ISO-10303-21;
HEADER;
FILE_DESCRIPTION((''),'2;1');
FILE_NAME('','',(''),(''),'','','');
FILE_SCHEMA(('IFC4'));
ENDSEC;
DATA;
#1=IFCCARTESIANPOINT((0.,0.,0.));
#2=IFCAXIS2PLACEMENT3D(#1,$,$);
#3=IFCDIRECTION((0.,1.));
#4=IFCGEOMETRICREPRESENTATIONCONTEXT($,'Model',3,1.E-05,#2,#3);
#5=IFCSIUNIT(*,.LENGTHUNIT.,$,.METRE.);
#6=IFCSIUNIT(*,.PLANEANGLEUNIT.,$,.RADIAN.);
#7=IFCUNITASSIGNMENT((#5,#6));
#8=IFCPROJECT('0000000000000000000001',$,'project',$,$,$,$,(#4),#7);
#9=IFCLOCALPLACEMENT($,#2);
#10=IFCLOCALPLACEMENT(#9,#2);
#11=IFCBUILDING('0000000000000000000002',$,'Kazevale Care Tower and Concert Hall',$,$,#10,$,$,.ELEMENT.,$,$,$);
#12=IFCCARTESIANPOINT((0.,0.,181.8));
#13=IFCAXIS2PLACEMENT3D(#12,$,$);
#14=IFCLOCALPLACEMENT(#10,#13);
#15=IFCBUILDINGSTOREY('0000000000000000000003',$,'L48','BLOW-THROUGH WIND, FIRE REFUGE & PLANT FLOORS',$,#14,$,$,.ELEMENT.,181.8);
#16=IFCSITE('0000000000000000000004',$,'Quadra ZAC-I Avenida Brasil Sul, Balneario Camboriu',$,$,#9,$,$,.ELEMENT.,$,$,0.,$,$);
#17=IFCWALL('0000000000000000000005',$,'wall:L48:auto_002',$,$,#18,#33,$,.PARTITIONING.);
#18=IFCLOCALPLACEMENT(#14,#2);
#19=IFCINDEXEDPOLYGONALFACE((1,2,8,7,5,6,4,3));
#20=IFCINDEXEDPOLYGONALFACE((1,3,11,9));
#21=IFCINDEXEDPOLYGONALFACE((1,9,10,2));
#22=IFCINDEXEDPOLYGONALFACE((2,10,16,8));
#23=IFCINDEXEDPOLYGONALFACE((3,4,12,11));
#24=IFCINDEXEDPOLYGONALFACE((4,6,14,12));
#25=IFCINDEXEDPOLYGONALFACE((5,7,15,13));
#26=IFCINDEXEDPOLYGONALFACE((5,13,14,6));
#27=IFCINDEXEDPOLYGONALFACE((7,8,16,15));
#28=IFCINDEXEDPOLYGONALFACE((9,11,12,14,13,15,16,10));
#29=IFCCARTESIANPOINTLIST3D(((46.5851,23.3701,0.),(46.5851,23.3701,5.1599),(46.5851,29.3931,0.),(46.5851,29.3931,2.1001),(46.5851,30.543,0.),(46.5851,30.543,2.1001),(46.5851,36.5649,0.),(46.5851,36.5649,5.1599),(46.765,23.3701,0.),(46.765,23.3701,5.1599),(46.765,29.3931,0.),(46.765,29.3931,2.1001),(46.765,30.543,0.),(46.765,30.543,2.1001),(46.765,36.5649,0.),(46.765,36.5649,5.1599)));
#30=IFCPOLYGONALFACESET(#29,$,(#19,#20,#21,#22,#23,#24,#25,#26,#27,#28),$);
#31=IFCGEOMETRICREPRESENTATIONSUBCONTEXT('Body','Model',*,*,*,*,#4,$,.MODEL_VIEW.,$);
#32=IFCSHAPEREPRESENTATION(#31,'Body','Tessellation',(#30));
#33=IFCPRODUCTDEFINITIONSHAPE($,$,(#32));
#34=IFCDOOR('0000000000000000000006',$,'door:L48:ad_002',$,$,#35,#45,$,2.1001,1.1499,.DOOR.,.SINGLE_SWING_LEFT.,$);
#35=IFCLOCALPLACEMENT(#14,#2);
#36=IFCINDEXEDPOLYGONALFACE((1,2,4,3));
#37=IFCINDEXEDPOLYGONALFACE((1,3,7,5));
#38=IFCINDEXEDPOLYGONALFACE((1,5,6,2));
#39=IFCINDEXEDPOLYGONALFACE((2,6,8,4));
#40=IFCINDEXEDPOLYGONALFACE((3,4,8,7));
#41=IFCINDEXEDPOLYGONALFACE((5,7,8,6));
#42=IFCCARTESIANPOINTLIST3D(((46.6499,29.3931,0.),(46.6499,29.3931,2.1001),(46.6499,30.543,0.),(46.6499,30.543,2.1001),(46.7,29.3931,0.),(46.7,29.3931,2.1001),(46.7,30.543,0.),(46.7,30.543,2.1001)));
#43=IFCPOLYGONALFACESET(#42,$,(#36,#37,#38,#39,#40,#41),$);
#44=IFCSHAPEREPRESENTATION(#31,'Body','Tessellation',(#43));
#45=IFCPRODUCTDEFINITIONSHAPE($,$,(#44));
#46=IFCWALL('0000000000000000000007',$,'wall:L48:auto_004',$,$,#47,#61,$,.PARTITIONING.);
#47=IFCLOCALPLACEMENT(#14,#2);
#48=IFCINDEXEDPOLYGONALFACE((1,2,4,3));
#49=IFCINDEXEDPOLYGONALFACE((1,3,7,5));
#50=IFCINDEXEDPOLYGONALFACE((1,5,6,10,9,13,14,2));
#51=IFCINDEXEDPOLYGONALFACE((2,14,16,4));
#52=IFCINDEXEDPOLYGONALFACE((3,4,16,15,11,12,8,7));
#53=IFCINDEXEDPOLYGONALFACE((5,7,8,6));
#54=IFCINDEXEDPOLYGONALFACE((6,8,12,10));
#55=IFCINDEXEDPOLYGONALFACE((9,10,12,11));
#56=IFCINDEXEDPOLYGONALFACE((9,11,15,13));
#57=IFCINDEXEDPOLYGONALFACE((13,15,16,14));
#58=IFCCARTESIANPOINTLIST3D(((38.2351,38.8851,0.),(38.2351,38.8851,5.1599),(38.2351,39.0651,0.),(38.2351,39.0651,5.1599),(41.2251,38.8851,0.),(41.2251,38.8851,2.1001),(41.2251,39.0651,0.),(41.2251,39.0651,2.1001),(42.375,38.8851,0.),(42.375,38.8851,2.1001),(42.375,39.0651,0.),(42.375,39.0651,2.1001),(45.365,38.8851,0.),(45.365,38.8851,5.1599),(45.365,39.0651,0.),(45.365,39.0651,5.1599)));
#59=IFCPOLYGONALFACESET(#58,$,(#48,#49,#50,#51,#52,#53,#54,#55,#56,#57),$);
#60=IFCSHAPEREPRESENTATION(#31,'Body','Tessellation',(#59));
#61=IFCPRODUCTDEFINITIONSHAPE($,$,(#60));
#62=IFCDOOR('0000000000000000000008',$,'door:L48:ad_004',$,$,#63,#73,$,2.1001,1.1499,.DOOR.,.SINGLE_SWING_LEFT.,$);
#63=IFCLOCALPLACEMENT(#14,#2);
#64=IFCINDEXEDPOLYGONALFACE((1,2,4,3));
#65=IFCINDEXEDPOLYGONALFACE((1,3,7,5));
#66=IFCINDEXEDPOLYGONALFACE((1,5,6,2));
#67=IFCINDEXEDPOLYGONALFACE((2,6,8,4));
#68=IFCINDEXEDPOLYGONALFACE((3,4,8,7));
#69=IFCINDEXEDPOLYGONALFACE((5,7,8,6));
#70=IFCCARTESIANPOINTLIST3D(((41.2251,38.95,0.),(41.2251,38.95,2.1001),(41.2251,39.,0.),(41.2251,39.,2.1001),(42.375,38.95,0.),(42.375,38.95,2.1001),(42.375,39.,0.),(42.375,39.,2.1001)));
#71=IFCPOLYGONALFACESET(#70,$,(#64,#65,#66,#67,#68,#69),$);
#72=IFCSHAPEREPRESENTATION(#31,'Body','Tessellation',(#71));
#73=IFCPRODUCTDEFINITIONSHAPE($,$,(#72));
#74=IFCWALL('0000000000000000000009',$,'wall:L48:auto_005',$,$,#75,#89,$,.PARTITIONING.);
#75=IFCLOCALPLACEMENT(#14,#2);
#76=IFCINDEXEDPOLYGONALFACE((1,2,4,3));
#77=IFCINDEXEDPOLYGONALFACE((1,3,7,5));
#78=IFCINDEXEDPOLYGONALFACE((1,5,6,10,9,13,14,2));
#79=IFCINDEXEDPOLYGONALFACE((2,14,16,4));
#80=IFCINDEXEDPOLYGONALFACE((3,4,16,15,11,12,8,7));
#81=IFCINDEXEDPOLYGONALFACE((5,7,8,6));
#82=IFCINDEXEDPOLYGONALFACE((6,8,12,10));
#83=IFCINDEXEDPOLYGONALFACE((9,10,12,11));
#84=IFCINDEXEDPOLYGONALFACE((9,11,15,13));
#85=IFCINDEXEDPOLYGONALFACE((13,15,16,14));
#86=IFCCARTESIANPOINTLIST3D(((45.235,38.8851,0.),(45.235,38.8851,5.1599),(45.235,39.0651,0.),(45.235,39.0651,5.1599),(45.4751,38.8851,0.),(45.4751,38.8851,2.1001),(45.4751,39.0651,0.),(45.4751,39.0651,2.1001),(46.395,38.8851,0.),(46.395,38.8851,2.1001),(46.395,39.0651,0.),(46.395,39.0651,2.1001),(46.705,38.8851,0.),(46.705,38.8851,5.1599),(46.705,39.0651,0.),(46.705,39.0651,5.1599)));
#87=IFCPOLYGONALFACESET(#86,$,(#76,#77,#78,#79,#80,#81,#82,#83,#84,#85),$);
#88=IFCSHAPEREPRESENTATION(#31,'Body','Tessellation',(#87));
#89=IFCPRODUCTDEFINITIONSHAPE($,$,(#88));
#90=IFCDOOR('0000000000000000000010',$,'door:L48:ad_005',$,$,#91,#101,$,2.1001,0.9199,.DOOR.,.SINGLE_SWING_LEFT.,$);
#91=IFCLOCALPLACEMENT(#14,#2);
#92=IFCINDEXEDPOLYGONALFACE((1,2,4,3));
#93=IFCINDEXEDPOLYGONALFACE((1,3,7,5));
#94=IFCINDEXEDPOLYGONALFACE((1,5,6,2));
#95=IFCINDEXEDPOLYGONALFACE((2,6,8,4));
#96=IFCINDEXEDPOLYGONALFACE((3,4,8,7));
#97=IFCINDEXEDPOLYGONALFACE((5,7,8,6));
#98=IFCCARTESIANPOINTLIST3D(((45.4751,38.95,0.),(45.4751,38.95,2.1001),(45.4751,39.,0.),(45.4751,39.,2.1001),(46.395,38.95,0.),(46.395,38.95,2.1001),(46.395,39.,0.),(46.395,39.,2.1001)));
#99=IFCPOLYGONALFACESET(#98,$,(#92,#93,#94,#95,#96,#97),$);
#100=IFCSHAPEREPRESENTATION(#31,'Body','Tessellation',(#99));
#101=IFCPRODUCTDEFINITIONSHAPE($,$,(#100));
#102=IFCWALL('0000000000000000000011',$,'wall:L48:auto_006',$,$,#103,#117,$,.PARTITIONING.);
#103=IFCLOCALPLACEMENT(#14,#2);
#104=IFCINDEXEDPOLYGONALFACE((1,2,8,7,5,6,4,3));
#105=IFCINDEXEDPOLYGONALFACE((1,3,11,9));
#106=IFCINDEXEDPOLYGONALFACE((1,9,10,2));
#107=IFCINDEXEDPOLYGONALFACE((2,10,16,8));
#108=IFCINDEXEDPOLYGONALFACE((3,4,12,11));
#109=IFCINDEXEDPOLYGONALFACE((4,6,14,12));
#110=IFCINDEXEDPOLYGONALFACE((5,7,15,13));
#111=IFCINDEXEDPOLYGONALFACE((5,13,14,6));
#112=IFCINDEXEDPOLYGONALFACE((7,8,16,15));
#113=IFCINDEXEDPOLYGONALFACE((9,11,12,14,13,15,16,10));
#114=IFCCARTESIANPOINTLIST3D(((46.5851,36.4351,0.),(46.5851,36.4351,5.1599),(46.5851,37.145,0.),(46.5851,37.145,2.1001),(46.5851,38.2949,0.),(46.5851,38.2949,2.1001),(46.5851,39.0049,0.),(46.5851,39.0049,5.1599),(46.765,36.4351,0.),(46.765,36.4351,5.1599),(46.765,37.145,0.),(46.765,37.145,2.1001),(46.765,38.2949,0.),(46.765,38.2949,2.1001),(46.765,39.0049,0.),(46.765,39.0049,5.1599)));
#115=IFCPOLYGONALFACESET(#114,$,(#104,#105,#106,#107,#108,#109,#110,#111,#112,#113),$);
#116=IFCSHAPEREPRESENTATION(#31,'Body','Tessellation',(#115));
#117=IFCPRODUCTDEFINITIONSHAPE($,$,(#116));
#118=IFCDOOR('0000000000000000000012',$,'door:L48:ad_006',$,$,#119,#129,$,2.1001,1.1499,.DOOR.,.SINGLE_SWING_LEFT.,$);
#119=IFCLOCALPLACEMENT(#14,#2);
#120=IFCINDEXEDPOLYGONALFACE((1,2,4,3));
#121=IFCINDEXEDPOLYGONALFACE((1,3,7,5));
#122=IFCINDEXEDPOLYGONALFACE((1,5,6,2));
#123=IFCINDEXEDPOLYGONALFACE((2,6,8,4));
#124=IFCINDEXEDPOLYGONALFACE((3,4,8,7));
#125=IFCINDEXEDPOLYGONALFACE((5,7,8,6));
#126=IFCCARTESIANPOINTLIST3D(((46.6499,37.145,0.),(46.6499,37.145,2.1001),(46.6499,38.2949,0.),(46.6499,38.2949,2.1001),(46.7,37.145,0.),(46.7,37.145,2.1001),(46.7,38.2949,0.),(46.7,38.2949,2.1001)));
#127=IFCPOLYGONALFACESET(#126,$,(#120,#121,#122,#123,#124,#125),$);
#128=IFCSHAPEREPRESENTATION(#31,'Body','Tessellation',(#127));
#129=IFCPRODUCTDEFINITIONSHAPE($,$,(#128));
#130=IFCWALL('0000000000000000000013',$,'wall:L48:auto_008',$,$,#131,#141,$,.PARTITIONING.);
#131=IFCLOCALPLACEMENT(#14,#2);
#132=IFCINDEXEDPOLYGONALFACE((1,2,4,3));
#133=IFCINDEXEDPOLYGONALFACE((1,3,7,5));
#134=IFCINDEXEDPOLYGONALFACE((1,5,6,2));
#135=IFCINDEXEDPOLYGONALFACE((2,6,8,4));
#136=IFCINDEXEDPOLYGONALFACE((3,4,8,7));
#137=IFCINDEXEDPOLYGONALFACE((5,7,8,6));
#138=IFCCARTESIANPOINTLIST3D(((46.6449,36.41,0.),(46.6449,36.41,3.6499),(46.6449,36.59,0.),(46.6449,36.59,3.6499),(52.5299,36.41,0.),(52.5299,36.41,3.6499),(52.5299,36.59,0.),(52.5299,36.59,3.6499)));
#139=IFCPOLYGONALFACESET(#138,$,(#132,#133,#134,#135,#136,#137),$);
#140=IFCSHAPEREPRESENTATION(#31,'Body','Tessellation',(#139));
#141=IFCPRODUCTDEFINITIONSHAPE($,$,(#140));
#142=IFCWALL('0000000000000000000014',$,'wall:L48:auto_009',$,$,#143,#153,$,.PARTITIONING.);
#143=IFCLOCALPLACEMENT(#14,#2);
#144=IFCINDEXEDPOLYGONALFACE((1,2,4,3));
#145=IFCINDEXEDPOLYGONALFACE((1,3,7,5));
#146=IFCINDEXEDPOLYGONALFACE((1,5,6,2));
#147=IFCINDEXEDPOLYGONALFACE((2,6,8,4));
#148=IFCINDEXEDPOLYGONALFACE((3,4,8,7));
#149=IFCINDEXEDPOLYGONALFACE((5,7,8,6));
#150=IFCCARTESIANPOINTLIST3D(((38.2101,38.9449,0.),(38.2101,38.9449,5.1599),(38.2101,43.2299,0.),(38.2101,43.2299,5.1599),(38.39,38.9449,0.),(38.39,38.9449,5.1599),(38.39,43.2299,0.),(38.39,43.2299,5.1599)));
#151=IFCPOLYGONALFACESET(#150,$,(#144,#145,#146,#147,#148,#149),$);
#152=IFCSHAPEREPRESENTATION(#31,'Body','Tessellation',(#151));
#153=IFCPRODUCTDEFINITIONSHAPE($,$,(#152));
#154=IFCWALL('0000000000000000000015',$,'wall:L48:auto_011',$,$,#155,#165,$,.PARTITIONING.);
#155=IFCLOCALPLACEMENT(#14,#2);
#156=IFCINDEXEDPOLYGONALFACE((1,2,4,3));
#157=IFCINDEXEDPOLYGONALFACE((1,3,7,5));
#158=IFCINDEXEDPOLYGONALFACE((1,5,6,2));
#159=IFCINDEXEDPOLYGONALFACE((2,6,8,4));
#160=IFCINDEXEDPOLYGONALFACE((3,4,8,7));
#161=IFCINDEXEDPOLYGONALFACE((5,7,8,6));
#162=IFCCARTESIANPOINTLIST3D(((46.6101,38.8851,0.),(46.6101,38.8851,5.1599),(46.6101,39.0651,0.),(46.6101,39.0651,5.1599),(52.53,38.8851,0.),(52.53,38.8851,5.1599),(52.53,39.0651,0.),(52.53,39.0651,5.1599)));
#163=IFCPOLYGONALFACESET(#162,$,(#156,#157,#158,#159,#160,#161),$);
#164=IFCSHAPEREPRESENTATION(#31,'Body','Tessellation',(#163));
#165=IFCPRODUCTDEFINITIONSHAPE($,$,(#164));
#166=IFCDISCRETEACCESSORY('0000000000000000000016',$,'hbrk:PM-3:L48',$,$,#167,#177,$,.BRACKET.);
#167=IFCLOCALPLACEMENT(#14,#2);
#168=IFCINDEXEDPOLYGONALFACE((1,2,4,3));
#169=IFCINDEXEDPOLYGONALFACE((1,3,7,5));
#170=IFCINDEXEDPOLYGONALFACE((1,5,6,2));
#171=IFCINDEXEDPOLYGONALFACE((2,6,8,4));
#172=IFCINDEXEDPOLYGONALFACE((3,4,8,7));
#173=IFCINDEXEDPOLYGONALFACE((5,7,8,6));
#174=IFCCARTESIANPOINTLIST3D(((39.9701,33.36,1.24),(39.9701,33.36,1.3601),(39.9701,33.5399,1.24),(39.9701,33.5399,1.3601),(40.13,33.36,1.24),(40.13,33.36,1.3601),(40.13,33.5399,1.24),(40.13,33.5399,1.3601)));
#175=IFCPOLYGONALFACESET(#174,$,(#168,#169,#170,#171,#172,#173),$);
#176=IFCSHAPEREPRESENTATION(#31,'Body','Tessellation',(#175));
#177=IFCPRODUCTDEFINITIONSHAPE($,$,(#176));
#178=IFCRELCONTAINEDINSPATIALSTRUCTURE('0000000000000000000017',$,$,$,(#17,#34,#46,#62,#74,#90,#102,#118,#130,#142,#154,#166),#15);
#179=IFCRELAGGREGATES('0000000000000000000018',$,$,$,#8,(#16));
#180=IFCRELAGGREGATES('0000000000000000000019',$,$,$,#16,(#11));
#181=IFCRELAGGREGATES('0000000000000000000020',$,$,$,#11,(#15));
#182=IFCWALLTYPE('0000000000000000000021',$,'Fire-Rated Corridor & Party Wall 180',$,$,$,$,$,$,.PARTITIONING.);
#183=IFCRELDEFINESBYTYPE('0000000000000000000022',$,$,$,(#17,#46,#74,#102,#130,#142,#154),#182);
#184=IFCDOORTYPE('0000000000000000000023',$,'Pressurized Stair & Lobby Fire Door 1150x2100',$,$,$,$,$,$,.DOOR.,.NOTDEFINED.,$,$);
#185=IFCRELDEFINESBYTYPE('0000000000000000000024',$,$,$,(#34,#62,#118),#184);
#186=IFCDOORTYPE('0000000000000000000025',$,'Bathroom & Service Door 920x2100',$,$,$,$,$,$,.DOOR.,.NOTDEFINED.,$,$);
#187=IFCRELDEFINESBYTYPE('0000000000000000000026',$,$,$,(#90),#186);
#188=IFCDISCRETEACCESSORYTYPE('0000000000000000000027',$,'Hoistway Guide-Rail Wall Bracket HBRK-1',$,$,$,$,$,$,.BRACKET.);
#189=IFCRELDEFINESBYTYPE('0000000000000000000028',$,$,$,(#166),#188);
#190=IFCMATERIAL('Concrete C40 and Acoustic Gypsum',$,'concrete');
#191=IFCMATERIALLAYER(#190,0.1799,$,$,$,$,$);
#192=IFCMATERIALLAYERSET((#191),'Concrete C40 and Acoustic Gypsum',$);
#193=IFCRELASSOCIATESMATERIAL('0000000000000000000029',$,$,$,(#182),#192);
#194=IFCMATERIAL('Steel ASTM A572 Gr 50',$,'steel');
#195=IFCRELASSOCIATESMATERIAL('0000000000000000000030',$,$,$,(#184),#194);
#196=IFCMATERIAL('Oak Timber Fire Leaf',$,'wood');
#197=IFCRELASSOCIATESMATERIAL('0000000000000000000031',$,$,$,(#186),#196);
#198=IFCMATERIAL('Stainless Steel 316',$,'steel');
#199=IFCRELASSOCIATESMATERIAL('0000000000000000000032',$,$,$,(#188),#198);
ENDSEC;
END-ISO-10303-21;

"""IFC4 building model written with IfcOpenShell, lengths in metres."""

from ifc_helpers import new_model, si_unit, direction, frame, frame_2d, origin, origin_2d, place, context, subcontext, project, spatial, rectangle, extrude, material, layer, layer_set, type_object, element, fill, save


model = new_model("IFC4")

# Units and contexts
model_context = context("Model", 3, precision=1e-05, world=origin(), true_north=direction((0.0, 1.0)))
body_context = subcontext(model_context, "Body", "Model", "MODEL_VIEW")
ifc_project = project(units=[si_unit("LENGTHUNIT", "METRE"), si_unit("PLANEANGLEUNIT", "RADIAN")], contexts=[model_context])

# Site, building, storey
site_placement = place(None, origin())
site = spatial("IfcSite", under=ifc_project, at=site_placement, Name="Quadra ZAC-I Avenida Brasil Sul, Balneario Camboriu", CompositionType="ELEMENT", RefElevation=0.0)
building_placement = place(site_placement, origin())
building = spatial("IfcBuilding", under=site, at=building_placement, Name="Kazevale Care Tower and Concert Hall", CompositionType="ELEMENT")
storey_placement = place(building_placement, frame((0.0, 0.0, 181.8)))
storey = spatial("IfcBuildingStorey", under=building, at=storey_placement, Name="L48", Description="BLOW-THROUGH WIND, FIRE REFUGE & PLANT FLOORS", CompositionType="ELEMENT", Elevation=181.8)

# Shared definitions
ifc_material_1 = material(Name="Steel ASTM A572 Gr 50", Category="steel")

# Walls, openings, doors
ifc_material_2 = material(Name="Concrete C40 and Acoustic Gypsum", Category="concrete")
ifc_layer_1 = layer(ifc_material_2, 0.1799)
ifc_layer_set_1 = layer_set([ifc_layer_1], Name="Concrete C40 and Acoustic Gypsum")
wall_type = type_object("IfcWallType", Name="Fire-Rated Corridor & Party Wall 180", PredefinedType="PARTITIONING", material=ifc_layer_set_1)
wall_1_placement = place(storey_placement, frame((46.675, 36.5649, 0.0), z_axis=(0.0, 0.0, 1.0), x_axis=(0.0, -1.0, 0.0)))
wall_1 = element("IfcWall", 1, at=wall_1_placement, inside=storey, type_object=wall_type, Name="wall:L48:auto_002", PredefinedType="PARTITIONING", context=body_context, shape_type="SweptSolid", body=[
    extrude(rectangle(XDim=13.1948, YDim=0.1799, at=frame_2d((6.5974, 0.0))), origin(), (0.0, 0.0, 1.0), 5.1599),
])
opening_1_placement = place(wall_1_placement, frame((6.022, 0.0, 0.0)))
opening_1 = element("IfcOpeningElement", 2, at=opening_1_placement, cuts=wall_1, PredefinedType="OPENING", context=body_context, shape_type="SweptSolid", body=[
    extrude(rectangle(XDim=1.1499, YDim=2.1001, at=frame_2d((0.575, 1.05))), frame((0.0, 0.0999, 0.0), z_axis=(0.0, -1.0, 0.0), x_axis=(1.0, 0.0, 0.0)), (0.0, 0.0, 1.0), 0.2),
])
door_type_1 = type_object("IfcDoorType", Name="Pressurized Stair & Lobby Fire Door 1150x2100", OperationType="NOTDEFINED", PredefinedType="DOOR", material=ifc_material_1)
door_1_placement = place(opening_1_placement, origin())
door_1 = element("IfcDoor", 3, at=door_1_placement, inside=storey, type_object=door_type_1, Name="door:L48:ad_002", OperationType="SINGLE_SWING_LEFT", OverallHeight=2.1001, OverallWidth=1.1499, PredefinedType="DOOR", context=body_context, shape_type="SweptSolid", body=[
    extrude(rectangle(XDim=1.1499, YDim=2.1001, at=frame_2d((0.575, 1.05))), frame((0.0, 0.0249, 0.0), z_axis=(0.0, -1.0, 0.0), x_axis=(1.0, 0.0, 0.0)), (0.0, 0.0, 1.0), 0.05),
])
fill(opening_1, door_1)
wall_2_placement = place(storey_placement, frame((38.2351, 38.9751, 0.0), z_axis=(0.0, 0.0, 1.0), x_axis=(1.0, 0.0, 0.0)))
wall_2 = element("IfcWall", 4, at=wall_2_placement, inside=storey, type_object=wall_type, Name="wall:L48:auto_004", PredefinedType="PARTITIONING", context=body_context, shape_type="SweptSolid", body=[
    extrude(rectangle(XDim=7.1299, YDim=0.1799, at=frame_2d((3.5649, 0.0))), origin(), (0.0, 0.0, 1.0), 5.1599),
])
opening_2_placement = place(wall_2_placement, frame((2.99, 0.0, 0.0)))
opening_2 = element("IfcOpeningElement", 5, at=opening_2_placement, cuts=wall_2, PredefinedType="OPENING", context=body_context, shape_type="SweptSolid", body=[
    extrude(rectangle(XDim=1.1499, YDim=2.1001, at=frame_2d((0.575, 1.05))), frame((0.0, 0.0999, 0.0), z_axis=(0.0, -1.0, 0.0), x_axis=(1.0, 0.0, 0.0)), (0.0, 0.0, 1.0), 0.2),
])
door_2_placement = place(opening_2_placement, origin())
door_2 = element("IfcDoor", 6, at=door_2_placement, inside=storey, type_object=door_type_1, Name="door:L48:ad_004", OperationType="SINGLE_SWING_LEFT", OverallHeight=2.1001, OverallWidth=1.1499, PredefinedType="DOOR", context=body_context, shape_type="SweptSolid", body=[
    extrude(rectangle(XDim=1.1499, YDim=2.1001, at=frame_2d((0.575, 1.05))), frame((0.0, 0.0249, 0.0), z_axis=(0.0, -1.0, 0.0), x_axis=(1.0, 0.0, 0.0)), (0.0, 0.0, 1.0), 0.05),
])
fill(opening_2, door_2)
wall_3_placement = place(storey_placement, frame((45.2351, 38.9751, 0.0), z_axis=(0.0, 0.0, 1.0), x_axis=(1.0, 0.0, 0.0)))
wall_3 = element("IfcWall", 7, at=wall_3_placement, inside=storey, type_object=wall_type, Name="wall:L48:auto_005", PredefinedType="PARTITIONING", context=body_context, shape_type="SweptSolid", body=[
    extrude(rectangle(XDim=1.47, YDim=0.1799, at=frame_2d((0.7349, 0.0))), origin(), (0.0, 0.0, 1.0), 5.1599),
])
opening_3_placement = place(wall_3_placement, frame((0.24, 0.0, 0.0)))
opening_3 = element("IfcOpeningElement", 8, at=opening_3_placement, cuts=wall_3, PredefinedType="OPENING", context=body_context, shape_type="SweptSolid", body=[
    extrude(rectangle(XDim=0.9199, YDim=2.1001, at=frame_2d((0.46, 1.05))), frame((0.0, 0.0999, 0.0), z_axis=(0.0, -1.0, 0.0), x_axis=(1.0, 0.0, 0.0)), (0.0, 0.0, 1.0), 0.2),
])
ifc_material_3 = material(Name="Oak Timber Fire Leaf", Category="wood")
door_type_2 = type_object("IfcDoorType", Name="Bathroom & Service Door 920x2100", OperationType="NOTDEFINED", PredefinedType="DOOR", material=ifc_material_3)
door_3_placement = place(opening_3_placement, origin())
door_3 = element("IfcDoor", 9, at=door_3_placement, inside=storey, type_object=door_type_2, Name="door:L48:ad_005", OperationType="SINGLE_SWING_LEFT", OverallHeight=2.1001, OverallWidth=0.9199, PredefinedType="DOOR", context=body_context, shape_type="SweptSolid", body=[
    extrude(rectangle(XDim=0.9199, YDim=2.1001, at=frame_2d((0.46, 1.05))), frame((0.0, 0.0249, 0.0), z_axis=(0.0, -1.0, 0.0), x_axis=(1.0, 0.0, 0.0)), (0.0, 0.0, 1.0), 0.05),
])
fill(opening_3, door_3)
wall_4_placement = place(storey_placement, frame((46.675, 39.0049, 0.0), z_axis=(0.0, 0.0, 1.0), x_axis=(0.0, -1.0, 0.0)))
wall_4 = element("IfcWall", 10, at=wall_4_placement, inside=storey, type_object=wall_type, Name="wall:L48:auto_006", PredefinedType="PARTITIONING", context=body_context, shape_type="SweptSolid", body=[
    extrude(rectangle(XDim=2.5698, YDim=0.1799, at=frame_2d((1.2849, 0.0))), origin(), (0.0, 0.0, 1.0), 5.1599),
])
opening_4_placement = place(wall_4_placement, frame((0.71, 0.0, 0.0)))
opening_4 = element("IfcOpeningElement", 11, at=opening_4_placement, cuts=wall_4, PredefinedType="OPENING", context=body_context, shape_type="SweptSolid", body=[
    extrude(rectangle(XDim=1.1499, YDim=2.1001, at=frame_2d((0.575, 1.05))), frame((0.0, 0.0999, 0.0), z_axis=(0.0, -1.0, 0.0), x_axis=(1.0, 0.0, 0.0)), (0.0, 0.0, 1.0), 0.2),
])
door_4_placement = place(opening_4_placement, origin())
door_4 = element("IfcDoor", 12, at=door_4_placement, inside=storey, type_object=door_type_1, Name="door:L48:ad_006", OperationType="SINGLE_SWING_LEFT", OverallHeight=2.1001, OverallWidth=1.1499, PredefinedType="DOOR", context=body_context, shape_type="SweptSolid", body=[
    extrude(rectangle(XDim=1.1499, YDim=2.1001, at=frame_2d((0.575, 1.05))), frame((0.0, 0.0249, 0.0), z_axis=(0.0, -1.0, 0.0), x_axis=(1.0, 0.0, 0.0)), (0.0, 0.0, 1.0), 0.05),
])
fill(opening_4, door_4)

# Walls
wall_5_placement = place(storey_placement, frame((46.645, 36.5, 0.0), z_axis=(0.0, 0.0, 1.0), x_axis=(1.0, 0.0, 0.0)))
element("IfcWall", 13, at=wall_5_placement, inside=storey, type_object=wall_type, Name="wall:L48:auto_008", PredefinedType="PARTITIONING", context=body_context, shape_type="SweptSolid", body=[
    extrude(rectangle(XDim=5.885, YDim=0.1799, at=frame_2d((2.9424, 0.0))), origin(), (0.0, 0.0, 1.0), 3.6499),
])
wall_6_placement = place(storey_placement, frame((38.3, 43.23, 0.0), z_axis=(0.0, 0.0, 1.0), x_axis=(0.0, -1.0, 0.0)))
element("IfcWall", 14, at=wall_6_placement, inside=storey, type_object=wall_type, Name="wall:L48:auto_009", PredefinedType="PARTITIONING", context=body_context, shape_type="SweptSolid", body=[
    extrude(rectangle(XDim=4.2849, YDim=0.1799, at=frame_2d((2.1426, 0.0))), origin(), (0.0, 0.0, 1.0), 5.1599),
])
wall_7_placement = place(storey_placement, frame((52.53, 38.9751, 0.0), z_axis=(0.0, 0.0, 1.0), x_axis=(-1.0, 0.0, 0.0)))
element("IfcWall", 15, at=wall_7_placement, inside=storey, type_object=wall_type, Name="wall:L48:auto_011", PredefinedType="PARTITIONING", context=body_context, shape_type="SweptSolid", body=[
    extrude(rectangle(XDim=5.9199, YDim=0.1799, at=frame_2d((2.96, 0.0))), origin(), (0.0, 0.0, 1.0), 5.1599),
])

# Discrete accessory
ifc_material_4 = material(Name="Stainless Steel 316", Category="steel")
discrete_accessory_type = type_object("IfcDiscreteAccessoryType", Name="Hoistway Guide-Rail Wall Bracket HBRK-1", PredefinedType="BRACKET", material=ifc_material_4)
discrete_accessory_placement = place(storey_placement, frame((40.05, 33.45, 1.24), z_axis=(0.0, 0.0, 1.0), x_axis=(1.0, 0.0, 0.0)))
element("IfcDiscreteAccessory", 16, at=discrete_accessory_placement, inside=storey, type_object=discrete_accessory_type, Name="hbrk:PM-3:L48", PredefinedType="BRACKET", context=body_context, shape_type="SweptSolid", body=[
    extrude(rectangle(XDim=0.1599, YDim=0.1799, at=origin_2d()), origin(), (0.0, 0.0, 1.0), 0.1201),
])

save(model, "model.ifc")
